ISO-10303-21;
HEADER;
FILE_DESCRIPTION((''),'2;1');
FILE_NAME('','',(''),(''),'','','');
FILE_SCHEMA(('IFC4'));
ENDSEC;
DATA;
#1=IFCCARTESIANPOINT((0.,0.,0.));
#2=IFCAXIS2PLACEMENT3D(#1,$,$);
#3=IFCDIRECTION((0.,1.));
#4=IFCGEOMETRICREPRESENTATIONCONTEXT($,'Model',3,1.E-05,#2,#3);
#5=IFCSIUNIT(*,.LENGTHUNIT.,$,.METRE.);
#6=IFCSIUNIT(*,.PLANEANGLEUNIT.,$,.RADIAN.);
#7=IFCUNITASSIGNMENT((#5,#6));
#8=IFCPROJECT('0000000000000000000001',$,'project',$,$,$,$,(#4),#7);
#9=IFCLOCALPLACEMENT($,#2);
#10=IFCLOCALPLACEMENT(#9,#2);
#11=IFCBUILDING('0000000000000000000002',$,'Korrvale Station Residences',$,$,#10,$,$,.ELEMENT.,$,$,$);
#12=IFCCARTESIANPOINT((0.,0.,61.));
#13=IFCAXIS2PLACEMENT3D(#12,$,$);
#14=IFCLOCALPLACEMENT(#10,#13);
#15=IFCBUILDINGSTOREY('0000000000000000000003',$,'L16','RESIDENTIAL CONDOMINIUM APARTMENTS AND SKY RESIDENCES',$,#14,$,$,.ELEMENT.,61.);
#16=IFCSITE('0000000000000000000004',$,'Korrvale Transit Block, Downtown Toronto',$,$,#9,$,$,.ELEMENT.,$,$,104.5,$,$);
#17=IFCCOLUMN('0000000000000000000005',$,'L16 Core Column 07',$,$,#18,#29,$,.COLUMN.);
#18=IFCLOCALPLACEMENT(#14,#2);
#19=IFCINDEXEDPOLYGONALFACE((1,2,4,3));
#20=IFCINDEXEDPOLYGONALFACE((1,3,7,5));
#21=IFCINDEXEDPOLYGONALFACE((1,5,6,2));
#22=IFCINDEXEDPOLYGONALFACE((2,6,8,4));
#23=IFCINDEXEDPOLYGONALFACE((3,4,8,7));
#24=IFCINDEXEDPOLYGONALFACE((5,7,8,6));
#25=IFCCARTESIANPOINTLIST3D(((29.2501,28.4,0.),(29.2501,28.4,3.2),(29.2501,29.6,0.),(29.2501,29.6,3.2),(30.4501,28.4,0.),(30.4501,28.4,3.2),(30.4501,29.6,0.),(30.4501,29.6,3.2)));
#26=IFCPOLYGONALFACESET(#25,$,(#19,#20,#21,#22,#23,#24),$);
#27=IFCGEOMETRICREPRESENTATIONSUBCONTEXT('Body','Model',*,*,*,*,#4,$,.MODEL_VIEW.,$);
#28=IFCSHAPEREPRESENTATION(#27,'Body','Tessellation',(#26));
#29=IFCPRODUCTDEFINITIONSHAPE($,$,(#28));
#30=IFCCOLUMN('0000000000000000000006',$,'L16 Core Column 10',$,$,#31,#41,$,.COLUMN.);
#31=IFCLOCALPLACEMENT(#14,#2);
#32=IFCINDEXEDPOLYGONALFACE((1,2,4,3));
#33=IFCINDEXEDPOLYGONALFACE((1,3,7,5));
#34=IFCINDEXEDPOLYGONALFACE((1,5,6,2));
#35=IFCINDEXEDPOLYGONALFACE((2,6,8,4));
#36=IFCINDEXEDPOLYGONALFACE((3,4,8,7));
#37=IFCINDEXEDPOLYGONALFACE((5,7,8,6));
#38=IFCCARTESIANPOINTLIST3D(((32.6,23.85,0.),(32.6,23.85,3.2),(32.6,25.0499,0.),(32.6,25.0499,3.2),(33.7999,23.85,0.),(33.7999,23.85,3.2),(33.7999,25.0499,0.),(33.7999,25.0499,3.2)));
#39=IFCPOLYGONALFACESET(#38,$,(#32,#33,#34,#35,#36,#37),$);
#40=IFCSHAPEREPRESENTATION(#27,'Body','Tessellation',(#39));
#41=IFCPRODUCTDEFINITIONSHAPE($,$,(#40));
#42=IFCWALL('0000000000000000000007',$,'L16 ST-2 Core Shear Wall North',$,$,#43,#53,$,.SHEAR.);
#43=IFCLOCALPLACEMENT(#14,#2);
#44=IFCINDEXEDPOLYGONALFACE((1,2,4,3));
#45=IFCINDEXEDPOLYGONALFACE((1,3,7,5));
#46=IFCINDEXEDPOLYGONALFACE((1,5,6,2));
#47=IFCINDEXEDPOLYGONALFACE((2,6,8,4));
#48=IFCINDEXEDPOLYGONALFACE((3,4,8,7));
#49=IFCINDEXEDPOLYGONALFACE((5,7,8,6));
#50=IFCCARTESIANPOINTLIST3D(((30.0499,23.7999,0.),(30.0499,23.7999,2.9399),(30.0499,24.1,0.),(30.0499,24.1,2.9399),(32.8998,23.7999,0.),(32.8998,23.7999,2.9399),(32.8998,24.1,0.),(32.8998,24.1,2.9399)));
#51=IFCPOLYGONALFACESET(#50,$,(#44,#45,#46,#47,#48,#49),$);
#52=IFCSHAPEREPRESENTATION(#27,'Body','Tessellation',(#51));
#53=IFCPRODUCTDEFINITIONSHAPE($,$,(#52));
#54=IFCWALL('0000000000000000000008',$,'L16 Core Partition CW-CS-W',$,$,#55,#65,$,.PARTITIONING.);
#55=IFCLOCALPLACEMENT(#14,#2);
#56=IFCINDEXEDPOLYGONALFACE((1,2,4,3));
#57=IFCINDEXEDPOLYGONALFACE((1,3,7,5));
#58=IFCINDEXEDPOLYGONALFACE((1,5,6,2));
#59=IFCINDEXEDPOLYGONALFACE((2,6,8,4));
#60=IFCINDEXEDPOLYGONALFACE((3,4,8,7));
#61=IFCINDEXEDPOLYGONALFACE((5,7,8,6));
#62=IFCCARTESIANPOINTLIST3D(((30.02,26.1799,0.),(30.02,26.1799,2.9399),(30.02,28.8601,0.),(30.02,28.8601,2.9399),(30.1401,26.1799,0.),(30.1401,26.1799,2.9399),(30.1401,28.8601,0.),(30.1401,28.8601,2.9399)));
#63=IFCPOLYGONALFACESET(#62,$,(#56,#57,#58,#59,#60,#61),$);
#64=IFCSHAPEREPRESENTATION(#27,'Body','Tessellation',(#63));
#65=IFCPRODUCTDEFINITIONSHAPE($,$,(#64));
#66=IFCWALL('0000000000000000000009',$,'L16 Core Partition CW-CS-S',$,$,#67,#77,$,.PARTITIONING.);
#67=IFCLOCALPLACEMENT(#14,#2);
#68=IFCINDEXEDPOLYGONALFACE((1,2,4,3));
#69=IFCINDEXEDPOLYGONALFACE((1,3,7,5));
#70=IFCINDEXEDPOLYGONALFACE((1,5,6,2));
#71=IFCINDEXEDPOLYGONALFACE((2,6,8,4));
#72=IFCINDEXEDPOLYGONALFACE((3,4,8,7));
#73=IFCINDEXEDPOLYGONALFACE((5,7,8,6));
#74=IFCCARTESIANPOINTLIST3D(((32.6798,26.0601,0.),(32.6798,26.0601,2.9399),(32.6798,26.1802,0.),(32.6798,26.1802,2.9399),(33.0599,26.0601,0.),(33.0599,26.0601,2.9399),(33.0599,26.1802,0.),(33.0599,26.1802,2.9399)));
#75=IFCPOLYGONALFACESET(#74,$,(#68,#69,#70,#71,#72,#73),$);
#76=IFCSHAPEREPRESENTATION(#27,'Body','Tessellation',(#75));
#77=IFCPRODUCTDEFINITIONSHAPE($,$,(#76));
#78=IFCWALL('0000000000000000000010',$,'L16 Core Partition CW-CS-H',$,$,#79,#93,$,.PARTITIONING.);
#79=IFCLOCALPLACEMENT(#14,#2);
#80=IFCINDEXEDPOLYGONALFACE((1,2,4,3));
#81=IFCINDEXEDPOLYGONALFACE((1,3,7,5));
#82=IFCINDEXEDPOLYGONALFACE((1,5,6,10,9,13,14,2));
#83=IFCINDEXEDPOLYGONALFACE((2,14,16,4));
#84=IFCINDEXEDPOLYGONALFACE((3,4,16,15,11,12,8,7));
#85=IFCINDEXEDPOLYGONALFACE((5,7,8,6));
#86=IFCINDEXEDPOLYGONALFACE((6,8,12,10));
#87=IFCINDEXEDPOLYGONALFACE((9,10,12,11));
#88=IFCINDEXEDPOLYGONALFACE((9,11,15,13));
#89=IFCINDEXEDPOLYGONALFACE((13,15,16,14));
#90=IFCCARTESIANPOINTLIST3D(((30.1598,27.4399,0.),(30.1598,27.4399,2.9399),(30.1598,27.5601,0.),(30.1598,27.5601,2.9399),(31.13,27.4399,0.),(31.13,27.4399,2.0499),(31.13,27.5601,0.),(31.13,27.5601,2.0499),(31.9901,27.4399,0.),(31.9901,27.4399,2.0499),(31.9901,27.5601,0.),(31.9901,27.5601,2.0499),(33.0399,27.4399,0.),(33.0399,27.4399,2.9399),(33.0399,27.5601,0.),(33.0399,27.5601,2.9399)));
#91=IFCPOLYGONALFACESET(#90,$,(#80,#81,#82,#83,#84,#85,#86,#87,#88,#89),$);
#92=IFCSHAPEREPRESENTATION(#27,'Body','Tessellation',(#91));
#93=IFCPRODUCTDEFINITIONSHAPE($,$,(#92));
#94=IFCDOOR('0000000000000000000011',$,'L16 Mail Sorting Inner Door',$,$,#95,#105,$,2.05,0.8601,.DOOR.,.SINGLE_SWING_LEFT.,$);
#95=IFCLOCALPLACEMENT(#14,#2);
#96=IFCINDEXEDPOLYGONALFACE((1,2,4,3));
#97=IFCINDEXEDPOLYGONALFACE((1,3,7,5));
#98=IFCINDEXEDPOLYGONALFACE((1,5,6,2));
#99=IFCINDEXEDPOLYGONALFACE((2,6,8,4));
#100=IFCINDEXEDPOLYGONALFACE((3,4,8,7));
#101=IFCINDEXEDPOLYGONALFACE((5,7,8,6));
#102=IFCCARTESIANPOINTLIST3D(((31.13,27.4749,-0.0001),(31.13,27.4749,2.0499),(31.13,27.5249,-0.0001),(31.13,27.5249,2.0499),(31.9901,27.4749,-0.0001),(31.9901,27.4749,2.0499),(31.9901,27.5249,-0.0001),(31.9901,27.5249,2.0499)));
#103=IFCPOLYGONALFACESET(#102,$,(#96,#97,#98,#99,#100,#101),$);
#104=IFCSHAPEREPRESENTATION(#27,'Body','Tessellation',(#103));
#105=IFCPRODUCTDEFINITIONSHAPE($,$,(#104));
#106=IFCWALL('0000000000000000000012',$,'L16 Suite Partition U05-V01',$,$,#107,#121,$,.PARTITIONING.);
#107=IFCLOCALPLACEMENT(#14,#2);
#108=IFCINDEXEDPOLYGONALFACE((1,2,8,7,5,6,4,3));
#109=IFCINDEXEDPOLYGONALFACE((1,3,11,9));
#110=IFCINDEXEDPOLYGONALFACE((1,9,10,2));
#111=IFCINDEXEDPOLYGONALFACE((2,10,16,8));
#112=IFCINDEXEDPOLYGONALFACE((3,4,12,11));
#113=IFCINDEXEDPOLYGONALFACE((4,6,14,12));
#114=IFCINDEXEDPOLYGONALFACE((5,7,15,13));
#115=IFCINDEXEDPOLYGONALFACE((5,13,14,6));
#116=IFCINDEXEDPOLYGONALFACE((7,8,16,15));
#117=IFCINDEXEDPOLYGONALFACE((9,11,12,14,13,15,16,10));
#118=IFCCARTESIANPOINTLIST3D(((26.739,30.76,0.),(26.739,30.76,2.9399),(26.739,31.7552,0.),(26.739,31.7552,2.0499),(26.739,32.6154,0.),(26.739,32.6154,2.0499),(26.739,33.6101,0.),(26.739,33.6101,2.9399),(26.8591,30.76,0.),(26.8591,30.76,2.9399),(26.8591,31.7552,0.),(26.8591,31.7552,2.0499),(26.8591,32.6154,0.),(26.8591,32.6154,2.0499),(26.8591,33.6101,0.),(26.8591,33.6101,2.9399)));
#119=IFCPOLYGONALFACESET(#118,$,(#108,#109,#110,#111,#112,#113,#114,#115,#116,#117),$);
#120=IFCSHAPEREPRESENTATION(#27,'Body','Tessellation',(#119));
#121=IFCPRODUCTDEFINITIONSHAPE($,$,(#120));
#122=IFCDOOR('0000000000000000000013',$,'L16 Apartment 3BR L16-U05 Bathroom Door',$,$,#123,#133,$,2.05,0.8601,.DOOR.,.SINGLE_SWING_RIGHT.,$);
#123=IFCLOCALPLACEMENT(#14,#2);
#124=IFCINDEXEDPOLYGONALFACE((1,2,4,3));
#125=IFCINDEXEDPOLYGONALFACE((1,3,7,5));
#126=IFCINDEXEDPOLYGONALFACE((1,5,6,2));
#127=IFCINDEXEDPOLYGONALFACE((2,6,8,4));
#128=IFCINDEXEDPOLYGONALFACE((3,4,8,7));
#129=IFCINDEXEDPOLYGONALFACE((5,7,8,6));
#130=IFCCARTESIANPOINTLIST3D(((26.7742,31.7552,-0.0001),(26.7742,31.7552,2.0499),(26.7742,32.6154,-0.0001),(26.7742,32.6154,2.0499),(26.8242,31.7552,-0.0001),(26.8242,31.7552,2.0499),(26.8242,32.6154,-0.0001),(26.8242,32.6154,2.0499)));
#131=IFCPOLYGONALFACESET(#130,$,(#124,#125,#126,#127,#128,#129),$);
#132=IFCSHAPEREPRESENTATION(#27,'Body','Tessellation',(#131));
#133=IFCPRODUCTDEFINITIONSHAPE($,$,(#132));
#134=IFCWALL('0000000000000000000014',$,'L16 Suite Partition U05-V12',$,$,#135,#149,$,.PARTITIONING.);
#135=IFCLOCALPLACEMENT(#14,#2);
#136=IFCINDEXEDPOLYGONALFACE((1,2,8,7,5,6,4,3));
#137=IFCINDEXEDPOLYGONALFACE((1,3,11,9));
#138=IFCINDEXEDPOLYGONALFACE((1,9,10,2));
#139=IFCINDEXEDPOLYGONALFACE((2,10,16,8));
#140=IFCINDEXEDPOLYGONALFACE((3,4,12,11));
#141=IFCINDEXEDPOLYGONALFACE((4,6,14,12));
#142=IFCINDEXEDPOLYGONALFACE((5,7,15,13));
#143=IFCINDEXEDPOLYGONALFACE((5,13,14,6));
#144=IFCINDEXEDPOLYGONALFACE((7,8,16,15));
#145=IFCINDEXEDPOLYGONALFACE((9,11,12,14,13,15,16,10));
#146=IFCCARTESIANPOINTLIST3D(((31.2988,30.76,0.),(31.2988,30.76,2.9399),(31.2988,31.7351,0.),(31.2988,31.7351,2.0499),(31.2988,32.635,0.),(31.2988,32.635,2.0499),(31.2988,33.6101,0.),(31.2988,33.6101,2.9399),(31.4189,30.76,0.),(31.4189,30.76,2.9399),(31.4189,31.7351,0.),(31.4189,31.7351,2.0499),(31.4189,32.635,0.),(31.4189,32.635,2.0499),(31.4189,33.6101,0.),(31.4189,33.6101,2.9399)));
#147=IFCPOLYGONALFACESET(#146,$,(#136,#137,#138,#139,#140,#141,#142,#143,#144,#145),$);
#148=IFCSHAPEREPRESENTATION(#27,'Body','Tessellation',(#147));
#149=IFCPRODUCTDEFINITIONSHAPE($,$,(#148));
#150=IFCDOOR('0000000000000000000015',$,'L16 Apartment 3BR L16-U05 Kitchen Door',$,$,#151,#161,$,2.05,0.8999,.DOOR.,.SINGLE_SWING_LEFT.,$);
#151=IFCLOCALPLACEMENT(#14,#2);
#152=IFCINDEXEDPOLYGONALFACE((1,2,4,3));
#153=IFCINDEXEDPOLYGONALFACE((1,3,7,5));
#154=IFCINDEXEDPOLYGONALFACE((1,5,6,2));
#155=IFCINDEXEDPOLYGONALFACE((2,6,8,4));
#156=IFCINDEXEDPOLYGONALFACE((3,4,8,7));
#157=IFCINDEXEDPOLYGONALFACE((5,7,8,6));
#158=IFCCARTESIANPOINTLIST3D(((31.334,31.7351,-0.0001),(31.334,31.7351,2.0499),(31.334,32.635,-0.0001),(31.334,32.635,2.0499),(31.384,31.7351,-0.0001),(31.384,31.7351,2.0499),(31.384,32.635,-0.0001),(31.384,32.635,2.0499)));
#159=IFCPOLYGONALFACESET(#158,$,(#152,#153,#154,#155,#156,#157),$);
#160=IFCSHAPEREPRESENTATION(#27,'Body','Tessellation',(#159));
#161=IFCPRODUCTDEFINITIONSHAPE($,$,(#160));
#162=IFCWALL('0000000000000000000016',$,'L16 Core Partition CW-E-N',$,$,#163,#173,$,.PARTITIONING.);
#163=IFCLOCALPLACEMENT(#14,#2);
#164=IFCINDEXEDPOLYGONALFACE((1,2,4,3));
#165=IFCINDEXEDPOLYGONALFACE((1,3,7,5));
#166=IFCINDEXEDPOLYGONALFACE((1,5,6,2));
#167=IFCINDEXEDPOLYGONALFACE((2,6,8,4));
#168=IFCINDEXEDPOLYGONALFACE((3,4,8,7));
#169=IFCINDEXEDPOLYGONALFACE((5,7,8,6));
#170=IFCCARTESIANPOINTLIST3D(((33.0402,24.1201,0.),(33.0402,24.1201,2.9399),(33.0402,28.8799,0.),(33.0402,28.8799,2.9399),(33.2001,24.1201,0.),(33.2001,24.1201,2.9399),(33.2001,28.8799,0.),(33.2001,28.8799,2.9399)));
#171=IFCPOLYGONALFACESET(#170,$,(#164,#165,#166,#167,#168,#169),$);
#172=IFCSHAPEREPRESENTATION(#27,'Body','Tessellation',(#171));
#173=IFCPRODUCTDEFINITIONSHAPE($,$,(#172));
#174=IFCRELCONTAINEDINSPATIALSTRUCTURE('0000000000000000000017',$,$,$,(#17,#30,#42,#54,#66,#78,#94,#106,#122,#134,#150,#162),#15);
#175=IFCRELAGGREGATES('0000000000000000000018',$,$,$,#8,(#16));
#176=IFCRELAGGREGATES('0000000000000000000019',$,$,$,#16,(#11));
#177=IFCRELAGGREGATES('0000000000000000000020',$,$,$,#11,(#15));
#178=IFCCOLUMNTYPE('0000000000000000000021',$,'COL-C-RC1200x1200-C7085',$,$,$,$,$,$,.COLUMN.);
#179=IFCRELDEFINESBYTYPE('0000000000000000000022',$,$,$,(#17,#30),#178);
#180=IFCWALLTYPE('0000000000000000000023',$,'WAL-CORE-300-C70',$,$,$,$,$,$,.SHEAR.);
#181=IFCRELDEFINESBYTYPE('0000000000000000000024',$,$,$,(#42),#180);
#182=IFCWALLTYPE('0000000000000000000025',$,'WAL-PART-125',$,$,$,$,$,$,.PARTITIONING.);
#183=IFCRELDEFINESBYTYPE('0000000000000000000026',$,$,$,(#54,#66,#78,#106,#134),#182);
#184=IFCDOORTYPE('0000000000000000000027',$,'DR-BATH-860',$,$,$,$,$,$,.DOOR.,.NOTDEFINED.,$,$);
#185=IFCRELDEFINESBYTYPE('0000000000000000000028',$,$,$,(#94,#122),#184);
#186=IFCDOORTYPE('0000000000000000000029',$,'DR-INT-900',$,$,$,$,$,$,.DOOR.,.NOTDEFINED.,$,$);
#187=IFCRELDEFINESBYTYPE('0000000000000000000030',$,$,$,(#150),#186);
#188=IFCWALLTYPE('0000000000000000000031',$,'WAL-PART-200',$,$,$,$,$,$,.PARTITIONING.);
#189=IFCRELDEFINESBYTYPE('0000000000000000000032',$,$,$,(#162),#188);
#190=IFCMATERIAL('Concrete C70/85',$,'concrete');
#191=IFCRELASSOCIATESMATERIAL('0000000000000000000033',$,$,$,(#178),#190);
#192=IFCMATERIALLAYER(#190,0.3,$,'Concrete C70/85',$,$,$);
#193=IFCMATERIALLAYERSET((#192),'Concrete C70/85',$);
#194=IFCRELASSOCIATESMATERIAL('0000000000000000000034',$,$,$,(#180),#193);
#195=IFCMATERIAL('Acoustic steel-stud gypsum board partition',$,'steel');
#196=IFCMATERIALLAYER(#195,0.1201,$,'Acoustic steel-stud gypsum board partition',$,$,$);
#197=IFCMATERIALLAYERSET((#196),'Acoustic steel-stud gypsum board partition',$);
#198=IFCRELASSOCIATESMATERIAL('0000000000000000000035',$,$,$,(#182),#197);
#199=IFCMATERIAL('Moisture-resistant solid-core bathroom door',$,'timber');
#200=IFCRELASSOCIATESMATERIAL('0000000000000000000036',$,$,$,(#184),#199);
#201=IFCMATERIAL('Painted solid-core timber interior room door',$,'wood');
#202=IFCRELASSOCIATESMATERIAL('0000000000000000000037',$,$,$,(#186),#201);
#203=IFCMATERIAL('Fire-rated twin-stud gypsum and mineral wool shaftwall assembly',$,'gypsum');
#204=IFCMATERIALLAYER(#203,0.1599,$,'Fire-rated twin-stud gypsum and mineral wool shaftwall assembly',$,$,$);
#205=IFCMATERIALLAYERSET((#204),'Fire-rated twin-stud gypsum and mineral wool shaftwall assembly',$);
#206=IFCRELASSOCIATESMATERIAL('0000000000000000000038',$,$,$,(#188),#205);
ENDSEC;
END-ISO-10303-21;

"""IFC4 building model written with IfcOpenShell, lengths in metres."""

from ifc_helpers import new_model, si_unit, direction, frame, frame_2d, origin, origin_2d, place, context, subcontext, project, spatial, rectangle, extrude, material, layer, layer_set, material_profile, profile_set, type_object, element, fill, save


model = new_model("IFC4")

# Units and contexts
model_context = context("Model", 3, precision=1e-05, world=origin(), true_north=direction((0.0, 1.0)))
body_context = subcontext(model_context, "Body", "Model", "MODEL_VIEW")
ifc_project = project(units=[si_unit("LENGTHUNIT", "METRE"), si_unit("PLANEANGLEUNIT", "RADIAN")], contexts=[model_context])

# Site, building, storey
site_placement = place(None, origin())
site = spatial("IfcSite", under=ifc_project, at=site_placement, Name="Korrvale Transit Block, Downtown Toronto", CompositionType="ELEMENT", RefElevation=104.5)
building_placement = place(site_placement, origin())
building = spatial("IfcBuilding", under=site, at=building_placement, Name="Korrvale Station Residences", CompositionType="ELEMENT")
storey_placement = place(building_placement, frame((0.0, 0.0, 61.0)))
storey = spatial("IfcBuildingStorey", under=building, at=storey_placement, Name="L16", Description="RESIDENTIAL CONDOMINIUM APARTMENTS AND SKY RESIDENCES", CompositionType="ELEMENT", Elevation=61.0)

# Columns
ifc_material_1 = material(Name="Concrete C70/85", Category="concrete")
ifc_material_profile = material_profile(ifc_material_1, rectangle(XDim=1.2, YDim=1.2, at=origin_2d()), Name="RC1200x1200")
ifc_profile_set = profile_set([ifc_material_profile], Name="Concrete C70/85")
column_type = type_object("IfcColumnType", Name="COL-C-RC1200x1200-C7085", PredefinedType="COLUMN", material=ifc_profile_set)
for number, where, z_axis, x_axis, name in (
    (1, (29.8501, 29.0, 0.0), (0.0, 0.0, 1.0), (1.0, 0.0, 0.0), "L16 Core Column 07"),
    (2, (33.2, 24.45, 0.0), (0.0, 0.0, 1.0), (1.0, 0.0, 0.0), "L16 Core Column 10"),
):
    element("IfcColumn", number, at=place(storey_placement, frame(where, z_axis=z_axis, x_axis=x_axis)), inside=storey, type_object=column_type, Name=name, PredefinedType="COLUMN", context=body_context, shape_type="SweptSolid", body=[
        extrude(rectangle(XDim=1.2, YDim=1.2, at=origin_2d()), origin(), (0.0, 0.0, 1.0), 3.2),
    ])

# Walls
ifc_layer_1 = layer(ifc_material_1, 0.3, Name="Concrete C70/85")
ifc_layer_set_1 = layer_set([ifc_layer_1], Name="Concrete C70/85")
wall_type_1 = type_object("IfcWallType", Name="WAL-CORE-300-C70", PredefinedType="SHEAR", material=ifc_layer_set_1)
wall_1_placement = place(storey_placement, frame((30.05, 23.95, 0.0), z_axis=(0.0, 0.0, 1.0), x_axis=(1.0, 0.0, 0.0)))
element("IfcWall", 3, at=wall_1_placement, inside=storey, type_object=wall_type_1, Name="L16 ST-2 Core Shear Wall North", PredefinedType="SHEAR", context=body_context, shape_type="SweptSolid", body=[
    extrude(rectangle(XDim=2.8499, YDim=0.3, at=frame_2d((1.4248, 0.0))), origin(), (0.0, 0.0, 1.0), 2.9399),
])
ifc_material_2 = material(Name="Acoustic steel-stud gypsum board partition", Category="steel")
ifc_layer_2 = layer(ifc_material_2, 0.1201, Name="Acoustic steel-stud gypsum board partition")
ifc_layer_set_2 = layer_set([ifc_layer_2], Name="Acoustic steel-stud gypsum board partition")
wall_type_2 = type_object("IfcWallType", Name="WAL-PART-125", PredefinedType="PARTITIONING", material=ifc_layer_set_2)
wall_2_placement = place(storey_placement, frame((30.0801, 26.1799, 0.0), z_axis=(0.0, 0.0, 1.0), x_axis=(0.0, 1.0, 0.0)))
element("IfcWall", 4, at=wall_2_placement, inside=storey, type_object=wall_type_2, Name="L16 Core Partition CW-CS-W", PredefinedType="PARTITIONING", context=body_context, shape_type="SweptSolid", body=[
    extrude(rectangle(XDim=2.6802, YDim=0.1201, at=frame_2d((1.3401, 0.0))), origin(), (0.0, 0.0, 1.0), 2.9399),
])
wall_3_placement = place(storey_placement, frame((32.6799, 26.1201, 0.0), z_axis=(0.0, 0.0, 1.0), x_axis=(1.0, 0.0, 0.0)))
element("IfcWall", 5, at=wall_3_placement, inside=storey, type_object=wall_type_2, Name="L16 Core Partition CW-CS-S", PredefinedType="PARTITIONING", context=body_context, shape_type="SweptSolid", body=[
    extrude(rectangle(XDim=0.3801, YDim=0.1201, at=frame_2d((0.1899, 0.0))), origin(), (0.0, 0.0, 1.0), 2.9399),
])

# Walls, openings, doors
wall_4_placement = place(storey_placement, frame((30.1599, 27.5, 0.0), z_axis=(0.0, 0.0, 1.0), x_axis=(1.0, 0.0, 0.0)))
wall_4 = element("IfcWall", 6, at=wall_4_placement, inside=storey, type_object=wall_type_2, Name="L16 Core Partition CW-CS-H", PredefinedType="PARTITIONING", context=body_context, shape_type="SweptSolid", body=[
    extrude(rectangle(XDim=2.8801, YDim=0.1201, at=frame_2d((1.4399, 0.0))), origin(), (0.0, 0.0, 1.0), 2.9399),
])
opening_1_placement = place(wall_4_placement, frame((0.97, 0.0, 0.0)))
opening_1 = element("IfcOpeningElement", 7, at=opening_1_placement, cuts=wall_4, PredefinedType="OPENING", context=body_context, shape_type="SweptSolid", body=[
    extrude(rectangle(XDim=0.8601, YDim=2.05, at=frame_2d((0.4302, 1.0249))), frame((0.0, 0.0701, 0.0), z_axis=(0.0, -1.0, 0.0), x_axis=(1.0, 0.0, 0.0)), (0.0, 0.0, 1.0), 0.1401),
])
ifc_material_3 = material(Name="Moisture-resistant solid-core bathroom door", Category="timber")
door_type_1 = type_object("IfcDoorType", Name="DR-BATH-860", OperationType="NOTDEFINED", PredefinedType="DOOR", material=ifc_material_3)
door_1_placement = place(opening_1_placement, origin())
door_1 = element("IfcDoor", 8, at=door_1_placement, inside=storey, type_object=door_type_1, Name="L16 Mail Sorting Inner Door", OperationType="SINGLE_SWING_LEFT", OverallHeight=2.05, OverallWidth=0.8601, PredefinedType="DOOR", context=body_context, shape_type="SweptSolid", body=[
    extrude(rectangle(XDim=0.8601, YDim=2.05, at=frame_2d((0.4302, 1.0249))), frame((0.0, 0.0249, 0.0), z_axis=(0.0, -1.0, 0.0), x_axis=(1.0, 0.0, 0.0)), (0.0, 0.0, 1.0), 0.05),
])
fill(opening_1, door_1)
wall_5_placement = place(storey_placement, frame((26.7991, 30.76, 0.0), z_axis=(0.0, 0.0, 1.0), x_axis=(0.0, 1.0, 0.0)))
wall_5 = element("IfcWall", 9, at=wall_5_placement, inside=storey, type_object=wall_type_2, Name="L16 Suite Partition U05-V01", PredefinedType="PARTITIONING", context=body_context, shape_type="SweptSolid", body=[
    extrude(rectangle(XDim=2.8501, YDim=0.1201, at=frame_2d((1.425, 0.0))), origin(), (0.0, 0.0, 1.0), 2.9399),
])
opening_2_placement = place(wall_5_placement, frame((0.9951, 0.0, 0.0)))
opening_2 = element("IfcOpeningElement", 10, at=opening_2_placement, cuts=wall_5, PredefinedType="OPENING", context=body_context, shape_type="SweptSolid", body=[
    extrude(rectangle(XDim=0.8601, YDim=2.05, at=frame_2d((0.4302, 1.0249))), frame((0.0, 0.0701, 0.0), z_axis=(0.0, -1.0, 0.0), x_axis=(1.0, 0.0, 0.0)), (0.0, 0.0, 1.0), 0.1401),
])
door_2_placement = place(opening_2_placement, origin())
door_2 = element("IfcDoor", 11, at=door_2_placement, inside=storey, type_object=door_type_1, Name="L16 Apartment 3BR L16-U05 Bathroom Door", OperationType="SINGLE_SWING_RIGHT", OverallHeight=2.05, OverallWidth=0.8601, PredefinedType="DOOR", context=body_context, shape_type="SweptSolid", body=[
    extrude(rectangle(XDim=0.8601, YDim=2.05, at=frame_2d((0.4302, 1.0249))), frame((0.0, 0.0249, 0.0), z_axis=(0.0, -1.0, 0.0), x_axis=(1.0, 0.0, 0.0)), (0.0, 0.0, 1.0), 0.05),
])
fill(opening_2, door_2)
wall_6_placement = place(storey_placement, frame((31.3589, 30.76, 0.0), z_axis=(0.0, 0.0, 1.0), x_axis=(0.0, 1.0, 0.0)))
wall_6 = element("IfcWall", 12, at=wall_6_placement, inside=storey, type_object=wall_type_2, Name="L16 Suite Partition U05-V12", PredefinedType="PARTITIONING", context=body_context, shape_type="SweptSolid", body=[
    extrude(rectangle(XDim=2.8501, YDim=0.1201, at=frame_2d((1.425, 0.0))), origin(), (0.0, 0.0, 1.0), 2.9399),
])
opening_3_placement = place(wall_6_placement, frame((0.9751, 0.0, 0.0)))
opening_3 = element("IfcOpeningElement", 13, at=opening_3_placement, cuts=wall_6, PredefinedType="OPENING", context=body_context, shape_type="SweptSolid", body=[
    extrude(rectangle(XDim=0.8999, YDim=2.05, at=frame_2d((0.45, 1.0249))), frame((0.0, 0.0701, 0.0), z_axis=(0.0, -1.0, 0.0), x_axis=(1.0, 0.0, 0.0)), (0.0, 0.0, 1.0), 0.1401),
])
ifc_material_4 = material(Name="Painted solid-core timber interior room door", Category="wood")
door_type_2 = type_object("IfcDoorType", Name="DR-INT-900", OperationType="NOTDEFINED", PredefinedType="DOOR", material=ifc_material_4)
door_3_placement = place(opening_3_placement, origin())
door_3 = element("IfcDoor", 14, at=door_3_placement, inside=storey, type_object=door_type_2, Name="L16 Apartment 3BR L16-U05 Kitchen Door", OperationType="SINGLE_SWING_LEFT", OverallHeight=2.05, OverallWidth=0.8999, PredefinedType="DOOR", context=body_context, shape_type="SweptSolid", body=[
    extrude(rectangle(XDim=0.8999, YDim=2.05, at=frame_2d((0.45, 1.0249))), frame((0.0, 0.0249, 0.0), z_axis=(0.0, -1.0, 0.0), x_axis=(1.0, 0.0, 0.0)), (0.0, 0.0, 1.0), 0.05),
])
fill(opening_3, door_3)

# Wall
ifc_material_5 = material(Name="Fire-rated twin-stud gypsum and mineral wool shaftwall assembly", Category="gypsum")
ifc_layer_3 = layer(ifc_material_5, 0.1599, Name="Fire-rated twin-stud gypsum and mineral wool shaftwall assembly")
ifc_layer_set_3 = layer_set([ifc_layer_3], Name="Fire-rated twin-stud gypsum and mineral wool shaftwall assembly")
wall_type_3 = type_object("IfcWallType", Name="WAL-PART-200", PredefinedType="PARTITIONING", material=ifc_layer_set_3)
wall_7_placement = place(storey_placement, frame((33.1201, 24.1201, 0.0), z_axis=(0.0, 0.0, 1.0), x_axis=(0.0, 1.0, 0.0)))
element("IfcWall", 15, at=wall_7_placement, inside=storey, type_object=wall_type_3, Name="L16 Core Partition CW-E-N", PredefinedType="PARTITIONING", context=body_context, shape_type="SweptSolid", body=[
    extrude(rectangle(XDim=4.7598, YDim=0.1599, at=frame_2d((2.3799, 0.0))), origin(), (0.0, 0.0, 1.0), 2.9399),
])

save(model, "model.ifc")
